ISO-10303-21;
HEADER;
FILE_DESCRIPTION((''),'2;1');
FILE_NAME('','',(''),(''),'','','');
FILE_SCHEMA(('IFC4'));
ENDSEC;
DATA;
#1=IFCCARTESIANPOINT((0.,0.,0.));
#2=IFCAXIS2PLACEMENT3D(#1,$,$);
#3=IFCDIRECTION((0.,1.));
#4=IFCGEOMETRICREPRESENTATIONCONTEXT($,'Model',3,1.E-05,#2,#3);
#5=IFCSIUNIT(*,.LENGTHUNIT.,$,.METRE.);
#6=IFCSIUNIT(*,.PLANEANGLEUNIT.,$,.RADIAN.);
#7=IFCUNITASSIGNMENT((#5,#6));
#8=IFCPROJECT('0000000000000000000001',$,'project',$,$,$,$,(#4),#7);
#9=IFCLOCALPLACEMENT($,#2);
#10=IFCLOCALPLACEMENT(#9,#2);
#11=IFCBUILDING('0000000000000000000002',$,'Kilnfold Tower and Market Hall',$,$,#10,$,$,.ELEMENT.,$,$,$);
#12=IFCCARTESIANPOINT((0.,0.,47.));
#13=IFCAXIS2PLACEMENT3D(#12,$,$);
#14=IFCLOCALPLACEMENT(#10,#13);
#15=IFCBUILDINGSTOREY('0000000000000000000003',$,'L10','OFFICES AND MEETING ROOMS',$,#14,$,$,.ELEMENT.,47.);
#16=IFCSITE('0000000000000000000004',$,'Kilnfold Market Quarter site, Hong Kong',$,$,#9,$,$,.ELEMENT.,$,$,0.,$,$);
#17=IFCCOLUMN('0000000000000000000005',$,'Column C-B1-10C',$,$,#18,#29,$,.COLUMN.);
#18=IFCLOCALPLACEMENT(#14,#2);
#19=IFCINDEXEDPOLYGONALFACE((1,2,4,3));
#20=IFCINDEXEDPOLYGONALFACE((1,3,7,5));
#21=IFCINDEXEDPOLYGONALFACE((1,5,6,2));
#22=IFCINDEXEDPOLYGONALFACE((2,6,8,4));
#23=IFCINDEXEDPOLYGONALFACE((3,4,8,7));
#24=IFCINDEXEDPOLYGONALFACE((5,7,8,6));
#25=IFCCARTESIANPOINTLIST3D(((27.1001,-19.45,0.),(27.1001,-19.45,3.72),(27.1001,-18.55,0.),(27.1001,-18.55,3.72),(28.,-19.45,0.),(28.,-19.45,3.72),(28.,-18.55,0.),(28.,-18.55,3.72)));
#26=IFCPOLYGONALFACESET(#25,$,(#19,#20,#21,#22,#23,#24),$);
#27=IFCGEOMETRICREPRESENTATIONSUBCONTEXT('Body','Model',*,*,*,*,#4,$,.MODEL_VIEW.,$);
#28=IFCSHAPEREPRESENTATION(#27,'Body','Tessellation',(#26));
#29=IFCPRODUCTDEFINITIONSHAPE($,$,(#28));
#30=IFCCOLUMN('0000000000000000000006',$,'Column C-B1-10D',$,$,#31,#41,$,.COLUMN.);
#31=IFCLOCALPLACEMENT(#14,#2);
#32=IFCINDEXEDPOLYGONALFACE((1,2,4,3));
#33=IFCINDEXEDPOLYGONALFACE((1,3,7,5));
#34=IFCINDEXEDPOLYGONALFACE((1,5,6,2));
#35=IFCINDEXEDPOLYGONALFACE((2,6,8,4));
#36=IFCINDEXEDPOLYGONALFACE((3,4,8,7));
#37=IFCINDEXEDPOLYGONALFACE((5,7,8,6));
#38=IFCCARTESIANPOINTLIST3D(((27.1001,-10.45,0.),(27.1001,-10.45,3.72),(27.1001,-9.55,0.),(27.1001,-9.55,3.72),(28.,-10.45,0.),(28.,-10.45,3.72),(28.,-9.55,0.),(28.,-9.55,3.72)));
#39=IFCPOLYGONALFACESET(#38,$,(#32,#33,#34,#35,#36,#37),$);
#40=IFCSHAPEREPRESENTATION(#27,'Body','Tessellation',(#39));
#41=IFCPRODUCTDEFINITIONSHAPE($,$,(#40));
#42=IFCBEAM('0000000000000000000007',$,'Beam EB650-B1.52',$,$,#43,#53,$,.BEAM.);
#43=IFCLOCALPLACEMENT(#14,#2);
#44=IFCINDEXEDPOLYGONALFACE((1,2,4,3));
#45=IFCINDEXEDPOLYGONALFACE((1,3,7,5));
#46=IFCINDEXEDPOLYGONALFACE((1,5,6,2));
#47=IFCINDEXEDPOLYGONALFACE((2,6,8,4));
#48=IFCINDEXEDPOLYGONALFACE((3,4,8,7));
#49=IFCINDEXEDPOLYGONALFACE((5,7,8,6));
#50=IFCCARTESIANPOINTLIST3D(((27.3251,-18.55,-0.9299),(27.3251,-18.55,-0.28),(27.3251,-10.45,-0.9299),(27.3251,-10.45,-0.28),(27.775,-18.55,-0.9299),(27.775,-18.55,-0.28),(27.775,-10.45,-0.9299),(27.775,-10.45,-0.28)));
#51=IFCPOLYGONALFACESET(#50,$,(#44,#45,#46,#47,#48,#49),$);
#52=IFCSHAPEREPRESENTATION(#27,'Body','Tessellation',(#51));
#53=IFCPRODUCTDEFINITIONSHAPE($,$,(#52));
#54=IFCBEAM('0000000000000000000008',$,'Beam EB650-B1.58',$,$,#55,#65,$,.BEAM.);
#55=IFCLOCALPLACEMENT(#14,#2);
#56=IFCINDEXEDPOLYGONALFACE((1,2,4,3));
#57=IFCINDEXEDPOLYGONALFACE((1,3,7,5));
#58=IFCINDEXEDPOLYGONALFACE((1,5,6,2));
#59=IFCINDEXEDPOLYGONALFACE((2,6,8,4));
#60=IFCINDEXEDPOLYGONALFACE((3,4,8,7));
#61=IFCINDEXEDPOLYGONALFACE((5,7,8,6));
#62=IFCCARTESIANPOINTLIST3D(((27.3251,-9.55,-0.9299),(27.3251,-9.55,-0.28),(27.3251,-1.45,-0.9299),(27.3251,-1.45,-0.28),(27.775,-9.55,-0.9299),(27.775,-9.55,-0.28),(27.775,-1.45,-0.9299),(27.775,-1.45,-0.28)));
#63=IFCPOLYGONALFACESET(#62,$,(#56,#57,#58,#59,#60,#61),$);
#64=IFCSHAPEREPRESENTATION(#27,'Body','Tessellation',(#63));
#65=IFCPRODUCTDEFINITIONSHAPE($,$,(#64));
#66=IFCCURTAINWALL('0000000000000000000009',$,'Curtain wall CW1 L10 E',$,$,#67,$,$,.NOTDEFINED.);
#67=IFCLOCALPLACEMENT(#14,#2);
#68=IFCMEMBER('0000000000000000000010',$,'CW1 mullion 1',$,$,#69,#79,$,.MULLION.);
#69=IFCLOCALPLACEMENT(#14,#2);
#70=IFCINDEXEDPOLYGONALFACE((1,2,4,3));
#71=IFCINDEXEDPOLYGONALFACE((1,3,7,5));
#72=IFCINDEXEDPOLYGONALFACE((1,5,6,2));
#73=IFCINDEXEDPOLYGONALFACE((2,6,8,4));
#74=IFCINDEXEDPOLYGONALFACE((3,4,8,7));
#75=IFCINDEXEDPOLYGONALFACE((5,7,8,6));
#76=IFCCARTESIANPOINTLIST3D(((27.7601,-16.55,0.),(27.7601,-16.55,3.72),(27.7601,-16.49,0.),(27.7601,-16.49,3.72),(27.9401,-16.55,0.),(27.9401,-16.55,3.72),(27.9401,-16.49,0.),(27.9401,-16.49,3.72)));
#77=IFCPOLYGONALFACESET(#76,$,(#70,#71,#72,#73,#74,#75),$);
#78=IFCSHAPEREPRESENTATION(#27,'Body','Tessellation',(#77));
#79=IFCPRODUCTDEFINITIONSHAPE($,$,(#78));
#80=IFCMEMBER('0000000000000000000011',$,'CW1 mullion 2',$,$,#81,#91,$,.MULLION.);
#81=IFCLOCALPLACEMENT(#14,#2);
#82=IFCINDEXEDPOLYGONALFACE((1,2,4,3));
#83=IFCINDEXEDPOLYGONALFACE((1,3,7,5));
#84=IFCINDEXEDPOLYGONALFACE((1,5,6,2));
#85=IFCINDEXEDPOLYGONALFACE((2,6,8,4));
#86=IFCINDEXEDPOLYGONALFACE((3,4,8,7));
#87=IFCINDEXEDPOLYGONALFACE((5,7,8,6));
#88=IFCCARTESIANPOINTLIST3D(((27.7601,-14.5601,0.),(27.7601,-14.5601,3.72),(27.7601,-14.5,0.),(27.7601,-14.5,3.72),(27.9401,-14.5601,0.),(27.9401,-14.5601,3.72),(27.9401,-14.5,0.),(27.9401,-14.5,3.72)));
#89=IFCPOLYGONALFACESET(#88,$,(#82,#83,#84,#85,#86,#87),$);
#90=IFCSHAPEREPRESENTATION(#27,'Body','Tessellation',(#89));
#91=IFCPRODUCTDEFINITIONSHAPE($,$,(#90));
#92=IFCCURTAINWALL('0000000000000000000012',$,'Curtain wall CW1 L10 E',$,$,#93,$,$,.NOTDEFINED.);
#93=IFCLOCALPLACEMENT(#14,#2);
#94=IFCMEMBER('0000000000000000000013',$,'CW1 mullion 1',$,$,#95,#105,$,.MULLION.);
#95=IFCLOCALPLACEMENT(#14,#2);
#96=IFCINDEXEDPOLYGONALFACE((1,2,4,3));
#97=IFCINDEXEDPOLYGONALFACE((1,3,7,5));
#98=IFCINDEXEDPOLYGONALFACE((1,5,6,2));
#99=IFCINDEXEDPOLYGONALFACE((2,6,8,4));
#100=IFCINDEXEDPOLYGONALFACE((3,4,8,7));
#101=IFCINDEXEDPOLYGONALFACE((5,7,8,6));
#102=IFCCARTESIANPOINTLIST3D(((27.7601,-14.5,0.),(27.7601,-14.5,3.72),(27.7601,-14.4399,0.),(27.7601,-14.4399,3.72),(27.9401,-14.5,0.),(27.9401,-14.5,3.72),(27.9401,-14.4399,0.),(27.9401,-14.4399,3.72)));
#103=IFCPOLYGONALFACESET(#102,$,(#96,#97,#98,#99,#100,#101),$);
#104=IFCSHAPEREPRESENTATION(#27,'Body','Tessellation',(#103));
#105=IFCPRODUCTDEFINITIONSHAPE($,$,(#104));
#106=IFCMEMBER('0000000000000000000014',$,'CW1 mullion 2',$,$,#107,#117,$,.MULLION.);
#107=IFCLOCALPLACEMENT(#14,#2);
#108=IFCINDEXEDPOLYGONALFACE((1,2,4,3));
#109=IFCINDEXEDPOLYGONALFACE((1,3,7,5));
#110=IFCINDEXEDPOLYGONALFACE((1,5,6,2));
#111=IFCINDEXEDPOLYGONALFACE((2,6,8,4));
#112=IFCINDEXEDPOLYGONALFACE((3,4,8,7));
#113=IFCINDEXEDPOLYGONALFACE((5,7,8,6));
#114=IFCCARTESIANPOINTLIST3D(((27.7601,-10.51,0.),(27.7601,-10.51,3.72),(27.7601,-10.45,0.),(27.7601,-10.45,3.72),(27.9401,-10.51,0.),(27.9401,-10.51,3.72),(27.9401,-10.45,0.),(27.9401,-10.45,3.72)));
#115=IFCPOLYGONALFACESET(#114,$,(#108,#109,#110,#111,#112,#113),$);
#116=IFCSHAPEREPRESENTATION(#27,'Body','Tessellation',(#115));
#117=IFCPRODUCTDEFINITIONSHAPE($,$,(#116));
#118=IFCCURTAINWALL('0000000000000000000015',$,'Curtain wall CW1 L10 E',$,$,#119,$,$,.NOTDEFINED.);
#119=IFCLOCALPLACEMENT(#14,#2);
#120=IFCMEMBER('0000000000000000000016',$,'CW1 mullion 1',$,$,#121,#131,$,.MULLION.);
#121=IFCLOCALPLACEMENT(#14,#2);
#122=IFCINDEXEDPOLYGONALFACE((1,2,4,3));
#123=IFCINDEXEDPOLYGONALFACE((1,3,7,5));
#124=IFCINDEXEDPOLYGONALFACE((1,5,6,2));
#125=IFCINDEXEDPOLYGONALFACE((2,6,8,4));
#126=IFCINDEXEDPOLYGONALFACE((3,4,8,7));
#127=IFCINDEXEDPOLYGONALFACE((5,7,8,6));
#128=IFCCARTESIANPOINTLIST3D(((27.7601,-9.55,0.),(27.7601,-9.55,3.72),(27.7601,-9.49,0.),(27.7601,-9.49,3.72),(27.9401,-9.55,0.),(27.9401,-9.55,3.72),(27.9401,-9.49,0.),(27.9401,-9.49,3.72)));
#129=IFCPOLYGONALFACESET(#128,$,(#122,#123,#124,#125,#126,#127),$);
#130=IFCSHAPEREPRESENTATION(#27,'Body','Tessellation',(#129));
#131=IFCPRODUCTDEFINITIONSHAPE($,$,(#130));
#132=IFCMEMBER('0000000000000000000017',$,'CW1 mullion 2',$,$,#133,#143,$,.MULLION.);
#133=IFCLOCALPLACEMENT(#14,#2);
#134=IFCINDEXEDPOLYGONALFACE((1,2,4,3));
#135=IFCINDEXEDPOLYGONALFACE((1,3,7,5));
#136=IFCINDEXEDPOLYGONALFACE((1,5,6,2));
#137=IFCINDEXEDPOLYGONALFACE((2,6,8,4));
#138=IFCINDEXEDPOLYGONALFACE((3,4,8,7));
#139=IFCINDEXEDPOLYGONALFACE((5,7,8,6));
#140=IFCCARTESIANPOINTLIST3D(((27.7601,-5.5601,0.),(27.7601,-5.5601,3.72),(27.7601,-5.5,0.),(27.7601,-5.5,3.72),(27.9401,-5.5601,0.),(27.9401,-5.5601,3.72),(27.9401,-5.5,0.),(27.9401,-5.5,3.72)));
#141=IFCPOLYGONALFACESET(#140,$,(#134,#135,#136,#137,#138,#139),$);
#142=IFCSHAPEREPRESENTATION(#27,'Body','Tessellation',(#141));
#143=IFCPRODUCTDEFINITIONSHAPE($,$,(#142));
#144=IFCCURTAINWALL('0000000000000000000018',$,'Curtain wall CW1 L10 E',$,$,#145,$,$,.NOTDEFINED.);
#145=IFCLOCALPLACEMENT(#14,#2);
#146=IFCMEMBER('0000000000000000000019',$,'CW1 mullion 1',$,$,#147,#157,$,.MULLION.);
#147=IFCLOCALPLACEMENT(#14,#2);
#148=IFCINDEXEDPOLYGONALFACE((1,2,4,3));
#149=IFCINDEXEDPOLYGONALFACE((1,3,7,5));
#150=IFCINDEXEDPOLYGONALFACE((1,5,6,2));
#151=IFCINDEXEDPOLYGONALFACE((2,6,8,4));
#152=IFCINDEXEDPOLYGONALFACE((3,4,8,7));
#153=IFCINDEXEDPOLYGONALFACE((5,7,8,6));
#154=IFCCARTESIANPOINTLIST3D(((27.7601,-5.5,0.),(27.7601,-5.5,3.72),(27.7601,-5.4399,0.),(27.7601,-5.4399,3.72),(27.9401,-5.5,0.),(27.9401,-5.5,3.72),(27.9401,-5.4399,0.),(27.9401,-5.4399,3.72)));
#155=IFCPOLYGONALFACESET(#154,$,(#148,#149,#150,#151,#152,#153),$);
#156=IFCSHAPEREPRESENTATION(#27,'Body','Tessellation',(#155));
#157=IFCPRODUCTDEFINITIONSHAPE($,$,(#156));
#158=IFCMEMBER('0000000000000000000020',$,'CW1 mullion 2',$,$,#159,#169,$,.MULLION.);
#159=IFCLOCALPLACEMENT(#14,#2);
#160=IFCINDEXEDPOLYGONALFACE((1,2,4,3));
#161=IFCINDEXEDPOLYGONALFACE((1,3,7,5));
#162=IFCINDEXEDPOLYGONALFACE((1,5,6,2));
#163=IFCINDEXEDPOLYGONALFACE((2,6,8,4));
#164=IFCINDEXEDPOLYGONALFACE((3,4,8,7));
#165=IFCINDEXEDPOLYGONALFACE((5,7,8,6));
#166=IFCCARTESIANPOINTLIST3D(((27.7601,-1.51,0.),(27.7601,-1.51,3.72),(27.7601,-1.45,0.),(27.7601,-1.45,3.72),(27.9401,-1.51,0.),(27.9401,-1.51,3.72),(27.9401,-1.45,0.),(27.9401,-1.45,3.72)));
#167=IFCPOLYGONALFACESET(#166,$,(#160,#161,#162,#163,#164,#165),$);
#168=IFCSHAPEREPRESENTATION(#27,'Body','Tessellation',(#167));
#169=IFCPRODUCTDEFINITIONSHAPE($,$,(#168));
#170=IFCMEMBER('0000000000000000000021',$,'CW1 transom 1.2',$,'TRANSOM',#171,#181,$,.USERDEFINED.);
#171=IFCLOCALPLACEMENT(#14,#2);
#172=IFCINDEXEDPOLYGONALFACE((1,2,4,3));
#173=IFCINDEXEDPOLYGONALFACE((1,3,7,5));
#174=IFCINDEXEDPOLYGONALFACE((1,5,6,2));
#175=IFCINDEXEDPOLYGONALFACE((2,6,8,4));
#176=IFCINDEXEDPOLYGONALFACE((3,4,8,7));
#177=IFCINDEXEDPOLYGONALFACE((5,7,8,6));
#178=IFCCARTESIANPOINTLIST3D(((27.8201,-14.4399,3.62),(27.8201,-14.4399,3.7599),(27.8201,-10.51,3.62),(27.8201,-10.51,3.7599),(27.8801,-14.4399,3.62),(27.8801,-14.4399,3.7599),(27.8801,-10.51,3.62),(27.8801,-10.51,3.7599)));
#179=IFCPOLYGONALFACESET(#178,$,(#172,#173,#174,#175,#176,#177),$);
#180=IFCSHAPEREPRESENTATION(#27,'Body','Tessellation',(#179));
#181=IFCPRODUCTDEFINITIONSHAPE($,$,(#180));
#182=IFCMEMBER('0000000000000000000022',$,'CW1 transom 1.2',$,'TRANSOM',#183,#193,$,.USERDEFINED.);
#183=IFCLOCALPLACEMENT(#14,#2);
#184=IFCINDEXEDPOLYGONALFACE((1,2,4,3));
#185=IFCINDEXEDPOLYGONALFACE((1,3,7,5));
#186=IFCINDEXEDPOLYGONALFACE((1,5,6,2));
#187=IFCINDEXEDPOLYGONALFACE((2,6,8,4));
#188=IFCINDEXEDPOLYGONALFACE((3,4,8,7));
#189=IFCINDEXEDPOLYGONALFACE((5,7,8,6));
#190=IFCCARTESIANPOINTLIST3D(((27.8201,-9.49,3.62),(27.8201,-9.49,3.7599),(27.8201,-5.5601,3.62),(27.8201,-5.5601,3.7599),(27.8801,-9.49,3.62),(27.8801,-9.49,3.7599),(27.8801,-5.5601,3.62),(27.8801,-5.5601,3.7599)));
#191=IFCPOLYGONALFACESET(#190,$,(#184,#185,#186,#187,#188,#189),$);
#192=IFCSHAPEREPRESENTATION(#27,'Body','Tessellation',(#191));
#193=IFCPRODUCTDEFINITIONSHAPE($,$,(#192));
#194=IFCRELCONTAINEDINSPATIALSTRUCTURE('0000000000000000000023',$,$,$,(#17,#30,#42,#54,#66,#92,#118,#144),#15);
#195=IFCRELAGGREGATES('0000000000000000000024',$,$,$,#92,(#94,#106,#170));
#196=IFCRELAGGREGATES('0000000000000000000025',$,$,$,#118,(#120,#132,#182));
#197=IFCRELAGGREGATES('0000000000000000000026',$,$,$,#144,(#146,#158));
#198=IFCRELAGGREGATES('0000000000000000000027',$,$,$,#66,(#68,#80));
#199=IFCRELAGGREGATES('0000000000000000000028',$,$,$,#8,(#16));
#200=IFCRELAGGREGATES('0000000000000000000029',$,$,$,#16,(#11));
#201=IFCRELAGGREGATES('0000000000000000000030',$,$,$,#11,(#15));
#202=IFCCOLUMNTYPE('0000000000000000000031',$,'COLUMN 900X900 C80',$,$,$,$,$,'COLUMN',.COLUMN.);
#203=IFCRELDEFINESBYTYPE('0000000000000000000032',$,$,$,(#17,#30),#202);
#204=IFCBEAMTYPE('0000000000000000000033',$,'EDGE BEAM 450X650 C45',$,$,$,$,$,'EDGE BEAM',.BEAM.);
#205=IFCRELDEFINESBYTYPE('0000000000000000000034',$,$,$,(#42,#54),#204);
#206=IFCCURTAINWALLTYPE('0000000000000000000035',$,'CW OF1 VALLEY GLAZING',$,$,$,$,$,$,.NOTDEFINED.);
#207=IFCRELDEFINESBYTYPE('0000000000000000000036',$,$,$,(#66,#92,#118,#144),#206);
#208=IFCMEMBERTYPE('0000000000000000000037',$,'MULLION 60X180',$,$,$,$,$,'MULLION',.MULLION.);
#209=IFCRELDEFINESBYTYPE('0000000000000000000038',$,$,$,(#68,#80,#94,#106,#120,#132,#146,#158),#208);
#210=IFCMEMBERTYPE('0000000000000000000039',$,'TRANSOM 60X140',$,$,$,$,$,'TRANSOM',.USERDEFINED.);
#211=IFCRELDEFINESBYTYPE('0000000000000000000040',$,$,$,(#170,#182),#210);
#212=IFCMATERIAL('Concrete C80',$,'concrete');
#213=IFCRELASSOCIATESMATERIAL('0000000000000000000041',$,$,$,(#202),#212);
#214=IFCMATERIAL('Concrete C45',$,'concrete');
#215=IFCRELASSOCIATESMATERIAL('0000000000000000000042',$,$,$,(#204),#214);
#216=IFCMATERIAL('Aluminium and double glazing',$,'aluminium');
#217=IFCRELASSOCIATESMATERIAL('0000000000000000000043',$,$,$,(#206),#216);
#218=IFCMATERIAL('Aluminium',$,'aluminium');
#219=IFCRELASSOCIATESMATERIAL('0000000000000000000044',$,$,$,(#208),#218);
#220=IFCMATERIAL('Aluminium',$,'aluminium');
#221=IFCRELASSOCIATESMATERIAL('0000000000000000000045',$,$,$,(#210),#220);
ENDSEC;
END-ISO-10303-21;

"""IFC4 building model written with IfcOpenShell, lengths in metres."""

from ifc_helpers import new_model, si_unit, direction, frame, origin, origin_2d, place, context, subcontext, project, spatial, rectangle, extrude, source, transform, mapped, material, material_profile, profile_set, type_object, element, aggregate, save


model = new_model("IFC4")

# Units and contexts
model_context = context("Model", 3, precision=1e-05, world=origin(), true_north=direction((0.0, 1.0)))
body_context = subcontext(model_context, "Body", "Model", "MODEL_VIEW")
ifc_project = project(units=[si_unit("LENGTHUNIT", "METRE"), si_unit("PLANEANGLEUNIT", "RADIAN")], contexts=[model_context])

# Site, building, storey
site_placement = place(None, origin())
site = spatial("IfcSite", under=ifc_project, at=site_placement, Name="Kilnfold Market Quarter site, Hong Kong", CompositionType="ELEMENT", RefElevation=0.0)
building_placement = place(site_placement, origin())
building = spatial("IfcBuilding", under=site, at=building_placement, Name="Kilnfold Tower and Market Hall", CompositionType="ELEMENT")
storey_placement = place(building_placement, frame((0.0, 0.0, 47.0)))
storey = spatial("IfcBuildingStorey", under=building, at=storey_placement, Name="L10", Description="OFFICES AND MEETING ROOMS", CompositionType="ELEMENT", Elevation=47.0)

# Columns
ifc_material_1 = material(Name="Concrete C80", Category="concrete")
ifc_material_profile_1 = material_profile(ifc_material_1, rectangle(XDim=0.8999, YDim=0.8999, at=origin_2d()), Name="RC 900x900")
ifc_profile_set_1 = profile_set([ifc_material_profile_1], Name="Concrete C80")
column_type = type_object("IfcColumnType", Name="COLUMN 900X900 C80", ElementType="COLUMN", PredefinedType="COLUMN", material=ifc_profile_set_1)
shared_shape_1 = source(origin(), body_context, "Body", "SweptSolid", [
    extrude(rectangle(XDim=0.8999, YDim=0.8999, at=origin_2d()), origin(), (0.0, 0.0, 1.0), 3.72),
])
for number, where, z_axis, x_axis, name in (
    (1, (27.55, -19.0, 0.0), (0.0, 0.0, 1.0), (1.0, 0.0, 0.0), "Column C-B1-10C"),
    (2, (27.55, -10.0, 0.0), (0.0, 0.0, 1.0), (1.0, 0.0, 0.0), "Column C-B1-10D"),
):
    element("IfcColumn", number, at=place(storey_placement, frame(where, z_axis=z_axis, x_axis=x_axis)), inside=storey, type_object=column_type, Name=name, PredefinedType="COLUMN", context=body_context, shape_type="MappedRepresentation", body=[
        mapped(shared_shape_1, transform((0.0, 0.0, 0.0))),
    ])

# Beams
ifc_material_2 = material(Name="Concrete C45", Category="concrete")
ifc_material_profile_2 = material_profile(ifc_material_2, rectangle(XDim=0.45, YDim=0.6499, at=origin_2d()), Name="RC 450x650")
ifc_profile_set_2 = profile_set([ifc_material_profile_2], Name="Concrete C45")
beam_type = type_object("IfcBeamType", Name="EDGE BEAM 450X650 C45", ElementType="EDGE BEAM", PredefinedType="BEAM", material=ifc_profile_set_2)
shared_shape_2 = source(origin(), body_context, "Body", "SweptSolid", [
    extrude(rectangle(XDim=0.45, YDim=0.6499, at=origin_2d()), origin(), (0.0, 0.0, 1.0), 8.1001),
])
for number, where, z_axis, x_axis, name in (
    (3, (27.55, -18.55, -0.605), (0.0, 1.0, 0.0), (-1.0, 0.0, 0.0), "Beam EB650-B1.52"),
    (4, (27.55, -9.55, -0.605), (0.0, 1.0, 0.0), (-1.0, 0.0, 0.0), "Beam EB650-B1.58"),
):
    element("IfcBeam", number, at=place(storey_placement, frame(where, z_axis=z_axis, x_axis=x_axis)), inside=storey, type_object=beam_type, Name=name, PredefinedType="BEAM", context=body_context, shape_type="MappedRepresentation", body=[
        mapped(shared_shape_2, transform((0.0, 0.0, 0.0))),
    ])

# Curtain walls, members
ifc_material_3 = material(Name="Aluminium and double glazing", Category="aluminium")
curtain_wall_type = type_object("IfcCurtainWallType", Name="CW OF1 VALLEY GLAZING", PredefinedType="NOTDEFINED", material=ifc_material_3)
curtain_wall_1_placement = place(storey_placement, origin())
curtain_wall_1 = element("IfcCurtainWall", 5, at=curtain_wall_1_placement, inside=storey, type_object=curtain_wall_type, Name="Curtain wall CW1 L10 E", PredefinedType="NOTDEFINED")
ifc_material_4 = material(Name="Aluminium", Category="aluminium")
ifc_material_profile_3 = material_profile(ifc_material_4, rectangle(XDim=0.0601, YDim=0.1799, at=origin_2d()), Name="MULLION 60x180")
ifc_profile_set_3 = profile_set([ifc_material_profile_3], Name="Aluminium")
member_type_1 = type_object("IfcMemberType", Name="MULLION 60X180", ElementType="MULLION", PredefinedType="MULLION", material=ifc_profile_set_3)
shared_shape_3 = source(origin(), body_context, "Body", "SweptSolid", [
    extrude(rectangle(XDim=0.0601, YDim=0.1799, at=origin_2d()), origin(), (0.0, 0.0, 1.0), 3.72),
])
member_1_placement = place(storey_placement, frame((27.8501, -16.52, 0.0), z_axis=(0.0, 0.0, 1.0), x_axis=(0.0, 1.0, 0.0)))
member_1 = element("IfcMember", 6, at=member_1_placement, type_object=member_type_1, Name="CW1 mullion 1", PredefinedType="MULLION", context=body_context, shape_type="MappedRepresentation", body=[
    mapped(shared_shape_3, transform((0.0, 0.0, 0.0))),
])
member_2_placement = place(storey_placement, frame((27.8501, -14.53, 0.0), z_axis=(0.0, 0.0, 1.0), x_axis=(0.0, 1.0, 0.0)))
member_2 = element("IfcMember", 7, at=member_2_placement, type_object=member_type_1, Name="CW1 mullion 2", PredefinedType="MULLION", context=body_context, shape_type="MappedRepresentation", body=[
    mapped(shared_shape_3, transform((0.0, 0.0, 0.0))),
])
curtain_wall_2_placement = place(storey_placement, origin())
curtain_wall_2 = element("IfcCurtainWall", 8, at=curtain_wall_2_placement, inside=storey, type_object=curtain_wall_type, Name="Curtain wall CW1 L10 E", PredefinedType="NOTDEFINED")
member_3_placement = place(storey_placement, frame((27.8501, -14.47, 0.0), z_axis=(0.0, 0.0, 1.0), x_axis=(0.0, 1.0, 0.0)))
member_3 = element("IfcMember", 9, at=member_3_placement, type_object=member_type_1, Name="CW1 mullion 1", PredefinedType="MULLION", context=body_context, shape_type="MappedRepresentation", body=[
    mapped(shared_shape_3, transform((0.0, 0.0, 0.0))),
])
member_4_placement = place(storey_placement, frame((27.8501, -10.48, 0.0), z_axis=(0.0, 0.0, 1.0), x_axis=(0.0, 1.0, 0.0)))
member_4 = element("IfcMember", 10, at=member_4_placement, type_object=member_type_1, Name="CW1 mullion 2", PredefinedType="MULLION", context=body_context, shape_type="MappedRepresentation", body=[
    mapped(shared_shape_3, transform((0.0, 0.0, 0.0))),
])
curtain_wall_3_placement = place(storey_placement, origin())
curtain_wall_3 = element("IfcCurtainWall", 11, at=curtain_wall_3_placement, inside=storey, type_object=curtain_wall_type, Name="Curtain wall CW1 L10 E", PredefinedType="NOTDEFINED")
member_5_placement = place(storey_placement, frame((27.8501, -9.52, 0.0), z_axis=(0.0, 0.0, 1.0), x_axis=(0.0, 1.0, 0.0)))
member_5 = element("IfcMember", 12, at=member_5_placement, type_object=member_type_1, Name="CW1 mullion 1", PredefinedType="MULLION", context=body_context, shape_type="MappedRepresentation", body=[
    mapped(shared_shape_3, transform((0.0, 0.0, 0.0))),
])
member_6_placement = place(storey_placement, frame((27.8501, -5.53, 0.0), z_axis=(0.0, 0.0, 1.0), x_axis=(0.0, 1.0, 0.0)))
member_6 = element("IfcMember", 13, at=member_6_placement, type_object=member_type_1, Name="CW1 mullion 2", PredefinedType="MULLION", context=body_context, shape_type="MappedRepresentation", body=[
    mapped(shared_shape_3, transform((0.0, 0.0, 0.0))),
])
curtain_wall_4_placement = place(storey_placement, origin())
curtain_wall_4 = element("IfcCurtainWall", 14, at=curtain_wall_4_placement, inside=storey, type_object=curtain_wall_type, Name="Curtain wall CW1 L10 E", PredefinedType="NOTDEFINED")
member_7_placement = place(storey_placement, frame((27.8501, -5.47, 0.0), z_axis=(0.0, 0.0, 1.0), x_axis=(0.0, 1.0, 0.0)))
member_7 = element("IfcMember", 15, at=member_7_placement, type_object=member_type_1, Name="CW1 mullion 1", PredefinedType="MULLION", context=body_context, shape_type="MappedRepresentation", body=[
    mapped(shared_shape_3, transform((0.0, 0.0, 0.0))),
])
member_8_placement = place(storey_placement, frame((27.8501, -1.48, 0.0), z_axis=(0.0, 0.0, 1.0), x_axis=(0.0, 1.0, 0.0)))
member_8 = element("IfcMember", 16, at=member_8_placement, type_object=member_type_1, Name="CW1 mullion 2", PredefinedType="MULLION", context=body_context, shape_type="MappedRepresentation", body=[
    mapped(shared_shape_3, transform((0.0, 0.0, 0.0))),
])

# Members
ifc_material_5 = material(Name="Aluminium", Category="aluminium")
ifc_material_profile_4 = material_profile(ifc_material_5, rectangle(XDim=0.0601, YDim=0.1399, at=origin_2d()), Name="TRANSOM 60x140")
ifc_profile_set_4 = profile_set([ifc_material_profile_4], Name="Aluminium")
member_type_2 = type_object("IfcMemberType", Name="TRANSOM 60X140", ElementType="TRANSOM", PredefinedType="USERDEFINED", material=ifc_profile_set_4)
shared_shape_4 = source(origin(), body_context, "Body", "SweptSolid", [
    extrude(rectangle(XDim=0.0601, YDim=0.1399, at=origin_2d()), origin(), (0.0, 0.0, 1.0), 3.9299),
])
member_9_placement = place(storey_placement, frame((27.8501, -14.4399, 3.6899), z_axis=(0.0, 1.0, 0.0), x_axis=(-1.0, 0.0, 0.0)))
member_9 = element("IfcMember", 17, at=member_9_placement, type_object=member_type_2, Name="CW1 transom 1.2", ObjectType="TRANSOM", PredefinedType="USERDEFINED", context=body_context, shape_type="MappedRepresentation", body=[
    mapped(shared_shape_4, transform((0.0, 0.0, 0.0))),
])
member_10_placement = place(storey_placement, frame((27.8501, -9.49, 3.6899), z_axis=(0.0, 1.0, 0.0), x_axis=(-1.0, 0.0, 0.0)))
member_10 = element("IfcMember", 18, at=member_10_placement, type_object=member_type_2, Name="CW1 transom 1.2", ObjectType="TRANSOM", PredefinedType="USERDEFINED", context=body_context, shape_type="MappedRepresentation", body=[
    mapped(shared_shape_4, transform((0.0, 0.0, 0.0))),
])

aggregate(curtain_wall_2, [member_3, member_4, member_9])
aggregate(curtain_wall_3, [member_5, member_6, member_10])
aggregate(curtain_wall_4, [member_7, member_8])
aggregate(curtain_wall_1, [member_1, member_2])

save(model, "model.ifc")
